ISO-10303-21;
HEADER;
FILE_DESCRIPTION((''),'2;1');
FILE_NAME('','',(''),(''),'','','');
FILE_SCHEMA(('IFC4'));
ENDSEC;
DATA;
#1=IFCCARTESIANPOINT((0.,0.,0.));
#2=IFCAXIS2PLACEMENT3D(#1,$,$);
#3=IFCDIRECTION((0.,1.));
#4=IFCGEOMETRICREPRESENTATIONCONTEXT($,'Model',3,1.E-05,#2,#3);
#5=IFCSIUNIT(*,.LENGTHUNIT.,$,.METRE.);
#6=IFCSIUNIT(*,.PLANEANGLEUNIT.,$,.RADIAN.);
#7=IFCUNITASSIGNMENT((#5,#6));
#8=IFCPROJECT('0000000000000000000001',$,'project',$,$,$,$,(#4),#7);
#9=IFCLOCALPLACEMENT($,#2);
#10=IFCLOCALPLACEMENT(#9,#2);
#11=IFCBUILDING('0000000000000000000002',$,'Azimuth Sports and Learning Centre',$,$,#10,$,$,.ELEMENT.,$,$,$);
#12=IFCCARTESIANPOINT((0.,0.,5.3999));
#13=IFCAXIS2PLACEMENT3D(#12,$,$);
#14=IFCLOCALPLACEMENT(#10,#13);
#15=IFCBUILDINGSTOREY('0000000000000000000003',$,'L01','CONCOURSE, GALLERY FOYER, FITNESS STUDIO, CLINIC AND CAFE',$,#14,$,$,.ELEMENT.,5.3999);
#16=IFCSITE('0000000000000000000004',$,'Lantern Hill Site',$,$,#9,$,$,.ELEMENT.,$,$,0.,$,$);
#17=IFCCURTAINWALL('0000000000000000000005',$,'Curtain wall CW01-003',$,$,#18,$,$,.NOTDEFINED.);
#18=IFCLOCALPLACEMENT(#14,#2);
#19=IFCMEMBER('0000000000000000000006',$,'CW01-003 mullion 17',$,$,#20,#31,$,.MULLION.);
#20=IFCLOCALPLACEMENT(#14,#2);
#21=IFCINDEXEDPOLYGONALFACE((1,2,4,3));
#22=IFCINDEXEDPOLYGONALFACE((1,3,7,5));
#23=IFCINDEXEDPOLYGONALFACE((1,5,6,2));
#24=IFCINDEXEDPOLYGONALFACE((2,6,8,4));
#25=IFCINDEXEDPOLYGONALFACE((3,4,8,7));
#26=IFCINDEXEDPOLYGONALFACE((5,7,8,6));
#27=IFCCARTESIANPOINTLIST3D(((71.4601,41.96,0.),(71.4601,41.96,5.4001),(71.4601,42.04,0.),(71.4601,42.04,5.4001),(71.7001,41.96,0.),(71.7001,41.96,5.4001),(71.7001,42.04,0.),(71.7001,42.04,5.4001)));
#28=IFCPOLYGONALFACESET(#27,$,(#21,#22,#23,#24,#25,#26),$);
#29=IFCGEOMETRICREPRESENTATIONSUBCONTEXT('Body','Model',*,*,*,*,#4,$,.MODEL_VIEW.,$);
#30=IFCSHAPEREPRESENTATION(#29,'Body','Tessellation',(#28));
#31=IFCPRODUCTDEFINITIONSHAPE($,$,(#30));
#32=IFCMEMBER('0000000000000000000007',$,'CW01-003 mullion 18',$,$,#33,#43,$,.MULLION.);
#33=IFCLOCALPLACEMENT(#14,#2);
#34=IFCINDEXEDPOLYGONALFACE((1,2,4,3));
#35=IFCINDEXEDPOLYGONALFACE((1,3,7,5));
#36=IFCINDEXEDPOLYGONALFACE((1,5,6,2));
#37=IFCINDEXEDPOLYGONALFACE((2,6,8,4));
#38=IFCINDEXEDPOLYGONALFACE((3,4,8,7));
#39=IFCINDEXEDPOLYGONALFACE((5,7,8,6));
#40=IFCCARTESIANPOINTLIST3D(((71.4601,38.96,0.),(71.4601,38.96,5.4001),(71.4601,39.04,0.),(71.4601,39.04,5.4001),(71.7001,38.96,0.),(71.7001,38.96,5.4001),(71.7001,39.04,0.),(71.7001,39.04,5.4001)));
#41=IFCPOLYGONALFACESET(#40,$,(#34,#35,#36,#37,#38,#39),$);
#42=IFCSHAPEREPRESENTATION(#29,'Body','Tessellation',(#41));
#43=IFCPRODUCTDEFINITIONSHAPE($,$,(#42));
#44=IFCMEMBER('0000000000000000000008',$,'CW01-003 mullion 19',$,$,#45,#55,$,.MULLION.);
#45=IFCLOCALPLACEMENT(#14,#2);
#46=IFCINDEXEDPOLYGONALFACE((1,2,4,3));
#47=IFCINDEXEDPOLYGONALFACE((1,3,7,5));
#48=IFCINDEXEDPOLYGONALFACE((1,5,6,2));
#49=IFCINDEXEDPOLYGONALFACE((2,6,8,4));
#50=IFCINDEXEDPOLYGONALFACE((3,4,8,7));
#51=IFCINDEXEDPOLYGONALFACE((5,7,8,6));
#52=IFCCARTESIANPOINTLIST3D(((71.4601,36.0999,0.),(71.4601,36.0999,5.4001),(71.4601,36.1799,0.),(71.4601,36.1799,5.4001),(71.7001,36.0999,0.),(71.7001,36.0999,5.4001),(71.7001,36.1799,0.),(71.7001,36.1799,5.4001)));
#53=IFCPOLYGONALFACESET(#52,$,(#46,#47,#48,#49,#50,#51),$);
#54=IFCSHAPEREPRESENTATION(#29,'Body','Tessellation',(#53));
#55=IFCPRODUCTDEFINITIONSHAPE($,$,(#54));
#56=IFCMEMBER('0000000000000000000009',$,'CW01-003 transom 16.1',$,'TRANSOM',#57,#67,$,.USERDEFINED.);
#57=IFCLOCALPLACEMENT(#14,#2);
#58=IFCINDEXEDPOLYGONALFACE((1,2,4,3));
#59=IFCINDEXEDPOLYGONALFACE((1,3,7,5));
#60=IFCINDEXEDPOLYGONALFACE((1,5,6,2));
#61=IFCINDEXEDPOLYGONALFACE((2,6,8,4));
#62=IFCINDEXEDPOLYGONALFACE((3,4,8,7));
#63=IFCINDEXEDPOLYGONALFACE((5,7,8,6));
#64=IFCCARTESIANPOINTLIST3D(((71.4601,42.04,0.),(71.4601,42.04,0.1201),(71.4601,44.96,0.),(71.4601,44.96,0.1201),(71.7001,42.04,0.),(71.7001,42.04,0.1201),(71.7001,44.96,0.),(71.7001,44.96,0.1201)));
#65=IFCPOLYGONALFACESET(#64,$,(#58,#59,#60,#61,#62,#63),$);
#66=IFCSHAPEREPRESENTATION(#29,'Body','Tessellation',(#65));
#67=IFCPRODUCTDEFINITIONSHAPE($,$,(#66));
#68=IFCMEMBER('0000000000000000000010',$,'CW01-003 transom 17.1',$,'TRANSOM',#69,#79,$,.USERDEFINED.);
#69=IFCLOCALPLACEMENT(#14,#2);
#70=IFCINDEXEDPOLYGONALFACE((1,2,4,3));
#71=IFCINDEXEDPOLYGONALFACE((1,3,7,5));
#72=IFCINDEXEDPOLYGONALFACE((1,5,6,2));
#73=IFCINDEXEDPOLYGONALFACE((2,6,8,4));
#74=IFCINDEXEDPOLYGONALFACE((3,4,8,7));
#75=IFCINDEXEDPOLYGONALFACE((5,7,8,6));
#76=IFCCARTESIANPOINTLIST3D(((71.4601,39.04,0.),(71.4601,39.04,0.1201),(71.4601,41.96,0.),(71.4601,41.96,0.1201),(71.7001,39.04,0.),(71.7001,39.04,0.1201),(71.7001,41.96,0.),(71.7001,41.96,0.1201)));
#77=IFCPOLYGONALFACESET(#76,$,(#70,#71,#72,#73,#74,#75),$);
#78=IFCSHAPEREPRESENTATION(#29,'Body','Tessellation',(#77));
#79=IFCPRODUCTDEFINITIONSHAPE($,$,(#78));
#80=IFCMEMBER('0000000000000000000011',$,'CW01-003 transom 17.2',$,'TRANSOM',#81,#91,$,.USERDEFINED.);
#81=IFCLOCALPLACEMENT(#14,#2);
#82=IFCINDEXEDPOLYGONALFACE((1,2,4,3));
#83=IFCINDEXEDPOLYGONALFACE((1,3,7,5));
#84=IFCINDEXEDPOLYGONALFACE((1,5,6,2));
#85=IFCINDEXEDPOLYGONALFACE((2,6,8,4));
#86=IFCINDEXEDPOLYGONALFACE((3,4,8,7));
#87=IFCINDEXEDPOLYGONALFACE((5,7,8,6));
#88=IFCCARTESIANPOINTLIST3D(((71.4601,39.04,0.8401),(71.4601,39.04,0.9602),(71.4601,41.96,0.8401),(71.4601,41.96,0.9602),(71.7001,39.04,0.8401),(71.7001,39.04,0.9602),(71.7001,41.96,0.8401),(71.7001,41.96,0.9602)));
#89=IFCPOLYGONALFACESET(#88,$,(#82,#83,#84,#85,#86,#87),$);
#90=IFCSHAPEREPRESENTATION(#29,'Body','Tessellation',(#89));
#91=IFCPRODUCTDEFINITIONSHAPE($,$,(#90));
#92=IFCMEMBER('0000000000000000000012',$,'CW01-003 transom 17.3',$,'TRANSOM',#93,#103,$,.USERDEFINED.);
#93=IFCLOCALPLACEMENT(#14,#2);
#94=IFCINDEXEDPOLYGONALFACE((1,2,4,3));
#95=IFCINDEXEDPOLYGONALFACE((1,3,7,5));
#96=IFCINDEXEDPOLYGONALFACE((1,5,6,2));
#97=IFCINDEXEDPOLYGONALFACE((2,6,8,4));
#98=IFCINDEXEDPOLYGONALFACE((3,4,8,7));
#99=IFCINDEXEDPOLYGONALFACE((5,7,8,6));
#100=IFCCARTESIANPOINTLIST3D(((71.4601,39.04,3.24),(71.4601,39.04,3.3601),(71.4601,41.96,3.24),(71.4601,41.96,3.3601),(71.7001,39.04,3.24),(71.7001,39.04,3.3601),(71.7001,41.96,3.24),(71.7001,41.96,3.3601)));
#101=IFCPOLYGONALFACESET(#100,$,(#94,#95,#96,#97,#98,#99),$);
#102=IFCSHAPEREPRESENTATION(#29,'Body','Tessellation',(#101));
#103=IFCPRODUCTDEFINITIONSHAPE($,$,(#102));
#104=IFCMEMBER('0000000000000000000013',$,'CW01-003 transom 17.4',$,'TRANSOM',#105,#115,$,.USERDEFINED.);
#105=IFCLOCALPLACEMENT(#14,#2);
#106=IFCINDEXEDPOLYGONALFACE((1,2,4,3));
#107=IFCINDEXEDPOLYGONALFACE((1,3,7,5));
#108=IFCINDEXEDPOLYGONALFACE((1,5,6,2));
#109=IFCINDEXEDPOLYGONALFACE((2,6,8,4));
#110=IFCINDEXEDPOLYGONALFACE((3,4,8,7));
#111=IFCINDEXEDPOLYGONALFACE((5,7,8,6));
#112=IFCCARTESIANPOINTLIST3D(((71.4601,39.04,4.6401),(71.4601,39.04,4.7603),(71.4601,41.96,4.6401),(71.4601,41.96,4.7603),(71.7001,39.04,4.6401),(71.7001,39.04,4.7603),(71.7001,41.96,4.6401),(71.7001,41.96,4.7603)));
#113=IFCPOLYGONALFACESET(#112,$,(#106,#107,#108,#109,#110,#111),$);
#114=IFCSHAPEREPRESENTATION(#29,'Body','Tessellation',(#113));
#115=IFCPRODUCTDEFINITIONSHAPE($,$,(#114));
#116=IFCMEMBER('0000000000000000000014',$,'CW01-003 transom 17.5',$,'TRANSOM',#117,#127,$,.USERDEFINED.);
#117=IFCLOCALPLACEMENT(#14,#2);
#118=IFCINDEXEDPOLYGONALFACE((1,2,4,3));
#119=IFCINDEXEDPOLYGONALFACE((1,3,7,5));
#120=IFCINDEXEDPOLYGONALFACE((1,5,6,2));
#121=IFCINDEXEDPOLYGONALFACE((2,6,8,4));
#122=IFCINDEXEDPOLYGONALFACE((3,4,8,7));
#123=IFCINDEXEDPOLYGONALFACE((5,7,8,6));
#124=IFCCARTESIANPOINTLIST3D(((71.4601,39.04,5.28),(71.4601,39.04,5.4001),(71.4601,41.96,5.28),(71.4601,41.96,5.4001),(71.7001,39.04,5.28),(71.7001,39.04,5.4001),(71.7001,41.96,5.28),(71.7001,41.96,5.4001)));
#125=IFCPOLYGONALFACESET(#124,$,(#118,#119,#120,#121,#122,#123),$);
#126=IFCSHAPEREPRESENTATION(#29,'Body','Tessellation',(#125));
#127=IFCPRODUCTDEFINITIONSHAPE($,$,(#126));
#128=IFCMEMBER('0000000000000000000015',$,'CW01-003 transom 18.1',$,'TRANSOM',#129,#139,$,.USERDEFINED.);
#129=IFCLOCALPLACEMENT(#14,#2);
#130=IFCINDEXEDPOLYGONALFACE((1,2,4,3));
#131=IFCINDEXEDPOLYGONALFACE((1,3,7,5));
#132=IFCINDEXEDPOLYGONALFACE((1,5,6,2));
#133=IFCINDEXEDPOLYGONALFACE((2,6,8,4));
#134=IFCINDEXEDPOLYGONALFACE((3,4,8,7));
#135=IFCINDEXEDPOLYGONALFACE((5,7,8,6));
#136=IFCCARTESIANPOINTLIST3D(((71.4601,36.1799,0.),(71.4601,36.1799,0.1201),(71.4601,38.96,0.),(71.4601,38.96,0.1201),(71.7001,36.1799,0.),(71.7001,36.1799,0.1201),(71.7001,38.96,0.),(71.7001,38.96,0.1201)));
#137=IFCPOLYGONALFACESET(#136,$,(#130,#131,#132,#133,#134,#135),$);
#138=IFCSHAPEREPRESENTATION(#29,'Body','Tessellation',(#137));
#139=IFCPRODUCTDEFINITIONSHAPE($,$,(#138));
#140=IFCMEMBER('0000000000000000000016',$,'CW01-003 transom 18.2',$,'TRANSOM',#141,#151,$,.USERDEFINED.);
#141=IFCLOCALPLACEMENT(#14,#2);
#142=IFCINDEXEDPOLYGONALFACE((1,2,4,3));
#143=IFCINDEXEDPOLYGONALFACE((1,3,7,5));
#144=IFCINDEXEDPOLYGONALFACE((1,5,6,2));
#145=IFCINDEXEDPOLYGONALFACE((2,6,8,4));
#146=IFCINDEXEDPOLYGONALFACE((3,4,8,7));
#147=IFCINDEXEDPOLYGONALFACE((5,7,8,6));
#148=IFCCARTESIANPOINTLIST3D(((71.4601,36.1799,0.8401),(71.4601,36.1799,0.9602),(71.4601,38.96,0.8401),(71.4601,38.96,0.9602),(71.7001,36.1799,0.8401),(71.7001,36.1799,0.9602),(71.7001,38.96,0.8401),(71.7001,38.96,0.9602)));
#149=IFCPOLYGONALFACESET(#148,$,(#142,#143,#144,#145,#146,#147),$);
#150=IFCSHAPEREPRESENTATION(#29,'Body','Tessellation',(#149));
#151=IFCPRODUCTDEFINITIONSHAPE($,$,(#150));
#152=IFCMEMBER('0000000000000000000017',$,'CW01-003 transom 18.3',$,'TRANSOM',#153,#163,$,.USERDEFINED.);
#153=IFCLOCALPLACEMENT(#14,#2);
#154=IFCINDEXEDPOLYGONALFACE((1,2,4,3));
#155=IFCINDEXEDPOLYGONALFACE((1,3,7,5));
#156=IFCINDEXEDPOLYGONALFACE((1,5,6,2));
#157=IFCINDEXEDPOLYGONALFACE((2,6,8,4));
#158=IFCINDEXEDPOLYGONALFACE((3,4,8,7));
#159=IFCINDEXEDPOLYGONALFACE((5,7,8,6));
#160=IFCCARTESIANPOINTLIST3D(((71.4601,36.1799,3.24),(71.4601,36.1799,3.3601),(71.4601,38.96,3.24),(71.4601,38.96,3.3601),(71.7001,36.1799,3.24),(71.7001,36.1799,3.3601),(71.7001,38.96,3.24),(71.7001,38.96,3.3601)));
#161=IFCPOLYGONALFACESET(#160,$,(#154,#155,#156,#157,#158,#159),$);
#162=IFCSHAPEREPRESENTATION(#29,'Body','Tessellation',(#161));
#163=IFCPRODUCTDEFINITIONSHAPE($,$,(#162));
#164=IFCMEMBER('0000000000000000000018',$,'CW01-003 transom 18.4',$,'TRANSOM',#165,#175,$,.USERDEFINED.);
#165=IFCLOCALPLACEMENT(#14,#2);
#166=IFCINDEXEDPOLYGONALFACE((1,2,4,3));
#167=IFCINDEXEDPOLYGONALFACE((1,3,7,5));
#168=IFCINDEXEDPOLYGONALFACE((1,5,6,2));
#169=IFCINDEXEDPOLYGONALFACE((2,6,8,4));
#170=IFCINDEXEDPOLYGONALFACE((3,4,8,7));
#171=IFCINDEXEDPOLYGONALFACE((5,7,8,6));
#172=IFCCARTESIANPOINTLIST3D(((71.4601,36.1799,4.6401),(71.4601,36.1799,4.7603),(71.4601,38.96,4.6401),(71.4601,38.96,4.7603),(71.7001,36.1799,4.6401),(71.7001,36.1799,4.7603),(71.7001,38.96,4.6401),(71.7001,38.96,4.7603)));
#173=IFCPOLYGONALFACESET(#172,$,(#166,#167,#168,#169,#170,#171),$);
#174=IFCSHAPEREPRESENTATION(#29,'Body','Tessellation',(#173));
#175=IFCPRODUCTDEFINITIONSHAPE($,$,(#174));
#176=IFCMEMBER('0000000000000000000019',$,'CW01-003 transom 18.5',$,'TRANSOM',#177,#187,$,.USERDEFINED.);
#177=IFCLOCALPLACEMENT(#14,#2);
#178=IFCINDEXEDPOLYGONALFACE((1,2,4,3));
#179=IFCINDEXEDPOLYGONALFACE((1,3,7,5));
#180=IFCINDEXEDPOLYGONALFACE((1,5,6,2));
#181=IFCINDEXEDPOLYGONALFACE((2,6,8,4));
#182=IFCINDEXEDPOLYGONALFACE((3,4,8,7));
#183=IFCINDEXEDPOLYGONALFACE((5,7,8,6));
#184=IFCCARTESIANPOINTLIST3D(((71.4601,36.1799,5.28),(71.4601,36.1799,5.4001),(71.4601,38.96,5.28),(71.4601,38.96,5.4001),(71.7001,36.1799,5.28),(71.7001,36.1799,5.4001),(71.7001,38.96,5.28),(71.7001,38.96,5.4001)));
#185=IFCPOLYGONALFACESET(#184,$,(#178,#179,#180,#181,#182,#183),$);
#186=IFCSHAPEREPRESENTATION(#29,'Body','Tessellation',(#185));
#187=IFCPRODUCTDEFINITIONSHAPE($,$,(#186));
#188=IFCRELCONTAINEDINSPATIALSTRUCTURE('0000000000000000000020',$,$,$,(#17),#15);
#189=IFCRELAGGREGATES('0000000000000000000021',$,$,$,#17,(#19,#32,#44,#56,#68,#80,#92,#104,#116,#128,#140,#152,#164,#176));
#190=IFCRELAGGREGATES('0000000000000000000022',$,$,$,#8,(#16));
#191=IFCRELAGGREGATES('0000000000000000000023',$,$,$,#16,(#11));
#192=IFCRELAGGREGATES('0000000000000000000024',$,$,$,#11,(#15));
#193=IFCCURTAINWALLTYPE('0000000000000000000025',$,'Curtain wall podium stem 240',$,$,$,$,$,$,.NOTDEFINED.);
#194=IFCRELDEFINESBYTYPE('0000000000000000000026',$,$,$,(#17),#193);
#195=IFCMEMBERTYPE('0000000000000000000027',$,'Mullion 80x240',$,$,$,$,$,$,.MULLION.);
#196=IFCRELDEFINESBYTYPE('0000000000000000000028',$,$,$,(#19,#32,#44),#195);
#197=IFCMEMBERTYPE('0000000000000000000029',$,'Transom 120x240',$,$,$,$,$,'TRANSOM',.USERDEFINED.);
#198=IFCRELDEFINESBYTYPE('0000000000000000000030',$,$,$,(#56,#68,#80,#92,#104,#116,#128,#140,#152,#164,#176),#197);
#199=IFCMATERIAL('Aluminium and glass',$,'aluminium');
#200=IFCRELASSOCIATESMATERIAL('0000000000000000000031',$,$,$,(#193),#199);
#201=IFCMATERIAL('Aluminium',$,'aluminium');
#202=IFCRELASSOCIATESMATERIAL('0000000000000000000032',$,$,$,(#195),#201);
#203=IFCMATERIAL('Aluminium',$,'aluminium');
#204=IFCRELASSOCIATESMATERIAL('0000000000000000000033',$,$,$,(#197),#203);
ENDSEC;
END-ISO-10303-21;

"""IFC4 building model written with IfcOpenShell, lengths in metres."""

from ifc_helpers import new_model, si_unit, direction, frame, origin, origin_2d, place, context, subcontext, project, spatial, rectangle, extrude, material, material_profile, profile_set, type_object, element, aggregate, save


model = new_model("IFC4")

# Units and contexts
model_context = context("Model", 3, precision=1e-05, world=origin(), true_north=direction((0.0, 1.0)))
body_context = subcontext(model_context, "Body", "Model", "MODEL_VIEW")
ifc_project = project(units=[si_unit("LENGTHUNIT", "METRE"), si_unit("PLANEANGLEUNIT", "RADIAN")], contexts=[model_context])

# Site, building, storey
site_placement = place(None, origin())
site = spatial("IfcSite", under=ifc_project, at=site_placement, Name="Lantern Hill Site", CompositionType="ELEMENT", RefElevation=0.0)
building_placement = place(site_placement, origin())
building = spatial("IfcBuilding", under=site, at=building_placement, Name="Azimuth Sports and Learning Centre", CompositionType="ELEMENT")
storey_placement = place(building_placement, frame((0.0, 0.0, 5.3999)))
storey = spatial("IfcBuildingStorey", under=building, at=storey_placement, Name="L01", Description="CONCOURSE, GALLERY FOYER, FITNESS STUDIO, CLINIC AND CAFE", CompositionType="ELEMENT", Elevation=5.3999)

# Curtain wall, members
ifc_material_1 = material(Name="Aluminium and glass", Category="aluminium")
curtain_wall_type = type_object("IfcCurtainWallType", Name="Curtain wall podium stem 240", PredefinedType="NOTDEFINED", material=ifc_material_1)
curtain_wall_placement = place(storey_placement, origin())
curtain_wall = element("IfcCurtainWall", 1, at=curtain_wall_placement, inside=storey, type_object=curtain_wall_type, Name="Curtain wall CW01-003", PredefinedType="NOTDEFINED")
ifc_material_2 = material(Name="Aluminium", Category="aluminium")
ifc_material_profile_1 = material_profile(ifc_material_2, rectangle(XDim=0.24, YDim=0.0801, at=origin_2d()), Name="Mullion 80x240")
ifc_profile_set_1 = profile_set([ifc_material_profile_1], Name="Aluminium")
member_type_1 = type_object("IfcMemberType", Name="Mullion 80x240", PredefinedType="MULLION", material=ifc_profile_set_1)
member_1_placement = place(storey_placement, frame((71.5801, 42.0, 0.0), z_axis=(0.0, 0.0, 1.0), x_axis=(1.0, 0.0, 0.0)))
member_1 = element("IfcMember", 2, at=member_1_placement, type_object=member_type_1, Name="CW01-003 mullion 17", PredefinedType="MULLION", context=body_context, shape_type="SweptSolid", body=[
    extrude(rectangle(XDim=0.24, YDim=0.0801, at=origin_2d()), origin(), (0.0, 0.0, 1.0), 5.4001),
])
member_2_placement = place(storey_placement, frame((71.5801, 39.0, 0.0), z_axis=(0.0, 0.0, 1.0), x_axis=(1.0, 0.0, 0.0)))
member_2 = element("IfcMember", 3, at=member_2_placement, type_object=member_type_1, Name="CW01-003 mullion 18", PredefinedType="MULLION", context=body_context, shape_type="SweptSolid", body=[
    extrude(rectangle(XDim=0.24, YDim=0.0801, at=origin_2d()), origin(), (0.0, 0.0, 1.0), 5.4001),
])
member_3_placement = place(storey_placement, frame((71.5801, 36.1399, 0.0), z_axis=(0.0, 0.0, 1.0), x_axis=(1.0, 0.0, 0.0)))
member_3 = element("IfcMember", 4, at=member_3_placement, type_object=member_type_1, Name="CW01-003 mullion 19", PredefinedType="MULLION", context=body_context, shape_type="SweptSolid", body=[
    extrude(rectangle(XDim=0.24, YDim=0.0801, at=origin_2d()), origin(), (0.0, 0.0, 1.0), 5.4001),
])
ifc_material_3 = material(Name="Aluminium", Category="aluminium")
ifc_material_profile_2 = material_profile(ifc_material_3, rectangle(XDim=0.24, YDim=0.1201, at=origin_2d()), Name="Transom 120x240")
ifc_profile_set_2 = profile_set([ifc_material_profile_2], Name="Aluminium")
member_type_2 = type_object("IfcMemberType", Name="Transom 120x240", ElementType="TRANSOM", PredefinedType="USERDEFINED", material=ifc_profile_set_2)
member_4_placement = place(storey_placement, frame((71.5801, 44.96, 0.0601), z_axis=(0.0, -1.0, 0.0), x_axis=(1.0, 0.0, 0.0)))
member_4 = element("IfcMember", 5, at=member_4_placement, type_object=member_type_2, Name="CW01-003 transom 16.1", ObjectType="TRANSOM", PredefinedType="USERDEFINED", context=body_context, shape_type="SweptSolid", body=[
    extrude(rectangle(XDim=0.24, YDim=0.1201, at=origin_2d()), origin(), (0.0, 0.0, 1.0), 2.9199),
])
member_5_placement = place(storey_placement, frame((71.5801, 41.96, 0.0601), z_axis=(0.0, -1.0, 0.0), x_axis=(1.0, 0.0, 0.0)))
member_5 = element("IfcMember", 6, at=member_5_placement, type_object=member_type_2, Name="CW01-003 transom 17.1", ObjectType="TRANSOM", PredefinedType="USERDEFINED", context=body_context, shape_type="SweptSolid", body=[
    extrude(rectangle(XDim=0.24, YDim=0.1201, at=origin_2d()), origin(), (0.0, 0.0, 1.0), 2.9199),
])
member_6_placement = place(storey_placement, frame((71.5801, 41.96, 0.9001), z_axis=(0.0, -1.0, 0.0), x_axis=(1.0, 0.0, 0.0)))
member_6 = element("IfcMember", 7, at=member_6_placement, type_object=member_type_2, Name="CW01-003 transom 17.2", ObjectType="TRANSOM", PredefinedType="USERDEFINED", context=body_context, shape_type="SweptSolid", body=[
    extrude(rectangle(XDim=0.24, YDim=0.1201, at=origin_2d()), origin(), (0.0, 0.0, 1.0), 2.9199),
])
member_7_placement = place(storey_placement, frame((71.5801, 41.96, 3.3), z_axis=(0.0, -1.0, 0.0), x_axis=(1.0, 0.0, 0.0)))
member_7 = element("IfcMember", 8, at=member_7_placement, type_object=member_type_2, Name="CW01-003 transom 17.3", ObjectType="TRANSOM", PredefinedType="USERDEFINED", context=body_context, shape_type="SweptSolid", body=[
    extrude(rectangle(XDim=0.24, YDim=0.1201, at=origin_2d()), origin(), (0.0, 0.0, 1.0), 2.9199),
])
member_8_placement = place(storey_placement, frame((71.5801, 41.96, 4.7002), z_axis=(0.0, -1.0, 0.0), x_axis=(1.0, 0.0, 0.0)))
member_8 = element("IfcMember", 9, at=member_8_placement, type_object=member_type_2, Name="CW01-003 transom 17.4", ObjectType="TRANSOM", PredefinedType="USERDEFINED", context=body_context, shape_type="SweptSolid", body=[
    extrude(rectangle(XDim=0.24, YDim=0.1201, at=origin_2d()), origin(), (0.0, 0.0, 1.0), 2.9199),
])
member_9_placement = place(storey_placement, frame((71.5801, 41.96, 5.3401), z_axis=(0.0, -1.0, 0.0), x_axis=(1.0, 0.0, 0.0)))
member_9 = element("IfcMember", 10, at=member_9_placement, type_object=member_type_2, Name="CW01-003 transom 17.5", ObjectType="TRANSOM", PredefinedType="USERDEFINED", context=body_context, shape_type="SweptSolid", body=[
    extrude(rectangle(XDim=0.24, YDim=0.1201, at=origin_2d()), origin(), (0.0, 0.0, 1.0), 2.9199),
])
member_10_placement = place(storey_placement, frame((71.5801, 38.96, 0.0601), z_axis=(0.0, -1.0, 0.0), x_axis=(1.0, 0.0, 0.0)))
member_10 = element("IfcMember", 11, at=member_10_placement, type_object=member_type_2, Name="CW01-003 transom 18.1", ObjectType="TRANSOM", PredefinedType="USERDEFINED", context=body_context, shape_type="SweptSolid", body=[
    extrude(rectangle(XDim=0.24, YDim=0.1201, at=origin_2d()), origin(), (0.0, 0.0, 1.0), 2.78),
])
member_11_placement = place(storey_placement, frame((71.5801, 38.96, 0.9001), z_axis=(0.0, -1.0, 0.0), x_axis=(1.0, 0.0, 0.0)))
member_11 = element("IfcMember", 12, at=member_11_placement, type_object=member_type_2, Name="CW01-003 transom 18.2", ObjectType="TRANSOM", PredefinedType="USERDEFINED", context=body_context, shape_type="SweptSolid", body=[
    extrude(rectangle(XDim=0.24, YDim=0.1201, at=origin_2d()), origin(), (0.0, 0.0, 1.0), 2.78),
])
member_12_placement = place(storey_placement, frame((71.5801, 38.96, 3.3), z_axis=(0.0, -1.0, 0.0), x_axis=(1.0, 0.0, 0.0)))
member_12 = element("IfcMember", 13, at=member_12_placement, type_object=member_type_2, Name="CW01-003 transom 18.3", ObjectType="TRANSOM", PredefinedType="USERDEFINED", context=body_context, shape_type="SweptSolid", body=[
    extrude(rectangle(XDim=0.24, YDim=0.1201, at=origin_2d()), origin(), (0.0, 0.0, 1.0), 2.78),
])
member_13_placement = place(storey_placement, frame((71.5801, 38.96, 4.7002), z_axis=(0.0, -1.0, 0.0), x_axis=(1.0, 0.0, 0.0)))
member_13 = element("IfcMember", 14, at=member_13_placement, type_object=member_type_2, Name="CW01-003 transom 18.4", ObjectType="TRANSOM", PredefinedType="USERDEFINED", context=body_context, shape_type="SweptSolid", body=[
    extrude(rectangle(XDim=0.24, YDim=0.1201, at=origin_2d()), origin(), (0.0, 0.0, 1.0), 2.78),
])
member_14_placement = place(storey_placement, frame((71.5801, 38.96, 5.3401), z_axis=(0.0, -1.0, 0.0), x_axis=(1.0, 0.0, 0.0)))
member_14 = element("IfcMember", 15, at=member_14_placement, type_object=member_type_2, Name="CW01-003 transom 18.5", ObjectType="TRANSOM", PredefinedType="USERDEFINED", context=body_context, shape_type="SweptSolid", body=[
    extrude(rectangle(XDim=0.24, YDim=0.1201, at=origin_2d()), origin(), (0.0, 0.0, 1.0), 2.78),
])
aggregate(curtain_wall, [member_1, member_2, member_3, member_4, member_5, member_6, member_7, member_8, member_9, member_10, member_11, member_12, member_13, member_14])

save(model, "model.ifc")
